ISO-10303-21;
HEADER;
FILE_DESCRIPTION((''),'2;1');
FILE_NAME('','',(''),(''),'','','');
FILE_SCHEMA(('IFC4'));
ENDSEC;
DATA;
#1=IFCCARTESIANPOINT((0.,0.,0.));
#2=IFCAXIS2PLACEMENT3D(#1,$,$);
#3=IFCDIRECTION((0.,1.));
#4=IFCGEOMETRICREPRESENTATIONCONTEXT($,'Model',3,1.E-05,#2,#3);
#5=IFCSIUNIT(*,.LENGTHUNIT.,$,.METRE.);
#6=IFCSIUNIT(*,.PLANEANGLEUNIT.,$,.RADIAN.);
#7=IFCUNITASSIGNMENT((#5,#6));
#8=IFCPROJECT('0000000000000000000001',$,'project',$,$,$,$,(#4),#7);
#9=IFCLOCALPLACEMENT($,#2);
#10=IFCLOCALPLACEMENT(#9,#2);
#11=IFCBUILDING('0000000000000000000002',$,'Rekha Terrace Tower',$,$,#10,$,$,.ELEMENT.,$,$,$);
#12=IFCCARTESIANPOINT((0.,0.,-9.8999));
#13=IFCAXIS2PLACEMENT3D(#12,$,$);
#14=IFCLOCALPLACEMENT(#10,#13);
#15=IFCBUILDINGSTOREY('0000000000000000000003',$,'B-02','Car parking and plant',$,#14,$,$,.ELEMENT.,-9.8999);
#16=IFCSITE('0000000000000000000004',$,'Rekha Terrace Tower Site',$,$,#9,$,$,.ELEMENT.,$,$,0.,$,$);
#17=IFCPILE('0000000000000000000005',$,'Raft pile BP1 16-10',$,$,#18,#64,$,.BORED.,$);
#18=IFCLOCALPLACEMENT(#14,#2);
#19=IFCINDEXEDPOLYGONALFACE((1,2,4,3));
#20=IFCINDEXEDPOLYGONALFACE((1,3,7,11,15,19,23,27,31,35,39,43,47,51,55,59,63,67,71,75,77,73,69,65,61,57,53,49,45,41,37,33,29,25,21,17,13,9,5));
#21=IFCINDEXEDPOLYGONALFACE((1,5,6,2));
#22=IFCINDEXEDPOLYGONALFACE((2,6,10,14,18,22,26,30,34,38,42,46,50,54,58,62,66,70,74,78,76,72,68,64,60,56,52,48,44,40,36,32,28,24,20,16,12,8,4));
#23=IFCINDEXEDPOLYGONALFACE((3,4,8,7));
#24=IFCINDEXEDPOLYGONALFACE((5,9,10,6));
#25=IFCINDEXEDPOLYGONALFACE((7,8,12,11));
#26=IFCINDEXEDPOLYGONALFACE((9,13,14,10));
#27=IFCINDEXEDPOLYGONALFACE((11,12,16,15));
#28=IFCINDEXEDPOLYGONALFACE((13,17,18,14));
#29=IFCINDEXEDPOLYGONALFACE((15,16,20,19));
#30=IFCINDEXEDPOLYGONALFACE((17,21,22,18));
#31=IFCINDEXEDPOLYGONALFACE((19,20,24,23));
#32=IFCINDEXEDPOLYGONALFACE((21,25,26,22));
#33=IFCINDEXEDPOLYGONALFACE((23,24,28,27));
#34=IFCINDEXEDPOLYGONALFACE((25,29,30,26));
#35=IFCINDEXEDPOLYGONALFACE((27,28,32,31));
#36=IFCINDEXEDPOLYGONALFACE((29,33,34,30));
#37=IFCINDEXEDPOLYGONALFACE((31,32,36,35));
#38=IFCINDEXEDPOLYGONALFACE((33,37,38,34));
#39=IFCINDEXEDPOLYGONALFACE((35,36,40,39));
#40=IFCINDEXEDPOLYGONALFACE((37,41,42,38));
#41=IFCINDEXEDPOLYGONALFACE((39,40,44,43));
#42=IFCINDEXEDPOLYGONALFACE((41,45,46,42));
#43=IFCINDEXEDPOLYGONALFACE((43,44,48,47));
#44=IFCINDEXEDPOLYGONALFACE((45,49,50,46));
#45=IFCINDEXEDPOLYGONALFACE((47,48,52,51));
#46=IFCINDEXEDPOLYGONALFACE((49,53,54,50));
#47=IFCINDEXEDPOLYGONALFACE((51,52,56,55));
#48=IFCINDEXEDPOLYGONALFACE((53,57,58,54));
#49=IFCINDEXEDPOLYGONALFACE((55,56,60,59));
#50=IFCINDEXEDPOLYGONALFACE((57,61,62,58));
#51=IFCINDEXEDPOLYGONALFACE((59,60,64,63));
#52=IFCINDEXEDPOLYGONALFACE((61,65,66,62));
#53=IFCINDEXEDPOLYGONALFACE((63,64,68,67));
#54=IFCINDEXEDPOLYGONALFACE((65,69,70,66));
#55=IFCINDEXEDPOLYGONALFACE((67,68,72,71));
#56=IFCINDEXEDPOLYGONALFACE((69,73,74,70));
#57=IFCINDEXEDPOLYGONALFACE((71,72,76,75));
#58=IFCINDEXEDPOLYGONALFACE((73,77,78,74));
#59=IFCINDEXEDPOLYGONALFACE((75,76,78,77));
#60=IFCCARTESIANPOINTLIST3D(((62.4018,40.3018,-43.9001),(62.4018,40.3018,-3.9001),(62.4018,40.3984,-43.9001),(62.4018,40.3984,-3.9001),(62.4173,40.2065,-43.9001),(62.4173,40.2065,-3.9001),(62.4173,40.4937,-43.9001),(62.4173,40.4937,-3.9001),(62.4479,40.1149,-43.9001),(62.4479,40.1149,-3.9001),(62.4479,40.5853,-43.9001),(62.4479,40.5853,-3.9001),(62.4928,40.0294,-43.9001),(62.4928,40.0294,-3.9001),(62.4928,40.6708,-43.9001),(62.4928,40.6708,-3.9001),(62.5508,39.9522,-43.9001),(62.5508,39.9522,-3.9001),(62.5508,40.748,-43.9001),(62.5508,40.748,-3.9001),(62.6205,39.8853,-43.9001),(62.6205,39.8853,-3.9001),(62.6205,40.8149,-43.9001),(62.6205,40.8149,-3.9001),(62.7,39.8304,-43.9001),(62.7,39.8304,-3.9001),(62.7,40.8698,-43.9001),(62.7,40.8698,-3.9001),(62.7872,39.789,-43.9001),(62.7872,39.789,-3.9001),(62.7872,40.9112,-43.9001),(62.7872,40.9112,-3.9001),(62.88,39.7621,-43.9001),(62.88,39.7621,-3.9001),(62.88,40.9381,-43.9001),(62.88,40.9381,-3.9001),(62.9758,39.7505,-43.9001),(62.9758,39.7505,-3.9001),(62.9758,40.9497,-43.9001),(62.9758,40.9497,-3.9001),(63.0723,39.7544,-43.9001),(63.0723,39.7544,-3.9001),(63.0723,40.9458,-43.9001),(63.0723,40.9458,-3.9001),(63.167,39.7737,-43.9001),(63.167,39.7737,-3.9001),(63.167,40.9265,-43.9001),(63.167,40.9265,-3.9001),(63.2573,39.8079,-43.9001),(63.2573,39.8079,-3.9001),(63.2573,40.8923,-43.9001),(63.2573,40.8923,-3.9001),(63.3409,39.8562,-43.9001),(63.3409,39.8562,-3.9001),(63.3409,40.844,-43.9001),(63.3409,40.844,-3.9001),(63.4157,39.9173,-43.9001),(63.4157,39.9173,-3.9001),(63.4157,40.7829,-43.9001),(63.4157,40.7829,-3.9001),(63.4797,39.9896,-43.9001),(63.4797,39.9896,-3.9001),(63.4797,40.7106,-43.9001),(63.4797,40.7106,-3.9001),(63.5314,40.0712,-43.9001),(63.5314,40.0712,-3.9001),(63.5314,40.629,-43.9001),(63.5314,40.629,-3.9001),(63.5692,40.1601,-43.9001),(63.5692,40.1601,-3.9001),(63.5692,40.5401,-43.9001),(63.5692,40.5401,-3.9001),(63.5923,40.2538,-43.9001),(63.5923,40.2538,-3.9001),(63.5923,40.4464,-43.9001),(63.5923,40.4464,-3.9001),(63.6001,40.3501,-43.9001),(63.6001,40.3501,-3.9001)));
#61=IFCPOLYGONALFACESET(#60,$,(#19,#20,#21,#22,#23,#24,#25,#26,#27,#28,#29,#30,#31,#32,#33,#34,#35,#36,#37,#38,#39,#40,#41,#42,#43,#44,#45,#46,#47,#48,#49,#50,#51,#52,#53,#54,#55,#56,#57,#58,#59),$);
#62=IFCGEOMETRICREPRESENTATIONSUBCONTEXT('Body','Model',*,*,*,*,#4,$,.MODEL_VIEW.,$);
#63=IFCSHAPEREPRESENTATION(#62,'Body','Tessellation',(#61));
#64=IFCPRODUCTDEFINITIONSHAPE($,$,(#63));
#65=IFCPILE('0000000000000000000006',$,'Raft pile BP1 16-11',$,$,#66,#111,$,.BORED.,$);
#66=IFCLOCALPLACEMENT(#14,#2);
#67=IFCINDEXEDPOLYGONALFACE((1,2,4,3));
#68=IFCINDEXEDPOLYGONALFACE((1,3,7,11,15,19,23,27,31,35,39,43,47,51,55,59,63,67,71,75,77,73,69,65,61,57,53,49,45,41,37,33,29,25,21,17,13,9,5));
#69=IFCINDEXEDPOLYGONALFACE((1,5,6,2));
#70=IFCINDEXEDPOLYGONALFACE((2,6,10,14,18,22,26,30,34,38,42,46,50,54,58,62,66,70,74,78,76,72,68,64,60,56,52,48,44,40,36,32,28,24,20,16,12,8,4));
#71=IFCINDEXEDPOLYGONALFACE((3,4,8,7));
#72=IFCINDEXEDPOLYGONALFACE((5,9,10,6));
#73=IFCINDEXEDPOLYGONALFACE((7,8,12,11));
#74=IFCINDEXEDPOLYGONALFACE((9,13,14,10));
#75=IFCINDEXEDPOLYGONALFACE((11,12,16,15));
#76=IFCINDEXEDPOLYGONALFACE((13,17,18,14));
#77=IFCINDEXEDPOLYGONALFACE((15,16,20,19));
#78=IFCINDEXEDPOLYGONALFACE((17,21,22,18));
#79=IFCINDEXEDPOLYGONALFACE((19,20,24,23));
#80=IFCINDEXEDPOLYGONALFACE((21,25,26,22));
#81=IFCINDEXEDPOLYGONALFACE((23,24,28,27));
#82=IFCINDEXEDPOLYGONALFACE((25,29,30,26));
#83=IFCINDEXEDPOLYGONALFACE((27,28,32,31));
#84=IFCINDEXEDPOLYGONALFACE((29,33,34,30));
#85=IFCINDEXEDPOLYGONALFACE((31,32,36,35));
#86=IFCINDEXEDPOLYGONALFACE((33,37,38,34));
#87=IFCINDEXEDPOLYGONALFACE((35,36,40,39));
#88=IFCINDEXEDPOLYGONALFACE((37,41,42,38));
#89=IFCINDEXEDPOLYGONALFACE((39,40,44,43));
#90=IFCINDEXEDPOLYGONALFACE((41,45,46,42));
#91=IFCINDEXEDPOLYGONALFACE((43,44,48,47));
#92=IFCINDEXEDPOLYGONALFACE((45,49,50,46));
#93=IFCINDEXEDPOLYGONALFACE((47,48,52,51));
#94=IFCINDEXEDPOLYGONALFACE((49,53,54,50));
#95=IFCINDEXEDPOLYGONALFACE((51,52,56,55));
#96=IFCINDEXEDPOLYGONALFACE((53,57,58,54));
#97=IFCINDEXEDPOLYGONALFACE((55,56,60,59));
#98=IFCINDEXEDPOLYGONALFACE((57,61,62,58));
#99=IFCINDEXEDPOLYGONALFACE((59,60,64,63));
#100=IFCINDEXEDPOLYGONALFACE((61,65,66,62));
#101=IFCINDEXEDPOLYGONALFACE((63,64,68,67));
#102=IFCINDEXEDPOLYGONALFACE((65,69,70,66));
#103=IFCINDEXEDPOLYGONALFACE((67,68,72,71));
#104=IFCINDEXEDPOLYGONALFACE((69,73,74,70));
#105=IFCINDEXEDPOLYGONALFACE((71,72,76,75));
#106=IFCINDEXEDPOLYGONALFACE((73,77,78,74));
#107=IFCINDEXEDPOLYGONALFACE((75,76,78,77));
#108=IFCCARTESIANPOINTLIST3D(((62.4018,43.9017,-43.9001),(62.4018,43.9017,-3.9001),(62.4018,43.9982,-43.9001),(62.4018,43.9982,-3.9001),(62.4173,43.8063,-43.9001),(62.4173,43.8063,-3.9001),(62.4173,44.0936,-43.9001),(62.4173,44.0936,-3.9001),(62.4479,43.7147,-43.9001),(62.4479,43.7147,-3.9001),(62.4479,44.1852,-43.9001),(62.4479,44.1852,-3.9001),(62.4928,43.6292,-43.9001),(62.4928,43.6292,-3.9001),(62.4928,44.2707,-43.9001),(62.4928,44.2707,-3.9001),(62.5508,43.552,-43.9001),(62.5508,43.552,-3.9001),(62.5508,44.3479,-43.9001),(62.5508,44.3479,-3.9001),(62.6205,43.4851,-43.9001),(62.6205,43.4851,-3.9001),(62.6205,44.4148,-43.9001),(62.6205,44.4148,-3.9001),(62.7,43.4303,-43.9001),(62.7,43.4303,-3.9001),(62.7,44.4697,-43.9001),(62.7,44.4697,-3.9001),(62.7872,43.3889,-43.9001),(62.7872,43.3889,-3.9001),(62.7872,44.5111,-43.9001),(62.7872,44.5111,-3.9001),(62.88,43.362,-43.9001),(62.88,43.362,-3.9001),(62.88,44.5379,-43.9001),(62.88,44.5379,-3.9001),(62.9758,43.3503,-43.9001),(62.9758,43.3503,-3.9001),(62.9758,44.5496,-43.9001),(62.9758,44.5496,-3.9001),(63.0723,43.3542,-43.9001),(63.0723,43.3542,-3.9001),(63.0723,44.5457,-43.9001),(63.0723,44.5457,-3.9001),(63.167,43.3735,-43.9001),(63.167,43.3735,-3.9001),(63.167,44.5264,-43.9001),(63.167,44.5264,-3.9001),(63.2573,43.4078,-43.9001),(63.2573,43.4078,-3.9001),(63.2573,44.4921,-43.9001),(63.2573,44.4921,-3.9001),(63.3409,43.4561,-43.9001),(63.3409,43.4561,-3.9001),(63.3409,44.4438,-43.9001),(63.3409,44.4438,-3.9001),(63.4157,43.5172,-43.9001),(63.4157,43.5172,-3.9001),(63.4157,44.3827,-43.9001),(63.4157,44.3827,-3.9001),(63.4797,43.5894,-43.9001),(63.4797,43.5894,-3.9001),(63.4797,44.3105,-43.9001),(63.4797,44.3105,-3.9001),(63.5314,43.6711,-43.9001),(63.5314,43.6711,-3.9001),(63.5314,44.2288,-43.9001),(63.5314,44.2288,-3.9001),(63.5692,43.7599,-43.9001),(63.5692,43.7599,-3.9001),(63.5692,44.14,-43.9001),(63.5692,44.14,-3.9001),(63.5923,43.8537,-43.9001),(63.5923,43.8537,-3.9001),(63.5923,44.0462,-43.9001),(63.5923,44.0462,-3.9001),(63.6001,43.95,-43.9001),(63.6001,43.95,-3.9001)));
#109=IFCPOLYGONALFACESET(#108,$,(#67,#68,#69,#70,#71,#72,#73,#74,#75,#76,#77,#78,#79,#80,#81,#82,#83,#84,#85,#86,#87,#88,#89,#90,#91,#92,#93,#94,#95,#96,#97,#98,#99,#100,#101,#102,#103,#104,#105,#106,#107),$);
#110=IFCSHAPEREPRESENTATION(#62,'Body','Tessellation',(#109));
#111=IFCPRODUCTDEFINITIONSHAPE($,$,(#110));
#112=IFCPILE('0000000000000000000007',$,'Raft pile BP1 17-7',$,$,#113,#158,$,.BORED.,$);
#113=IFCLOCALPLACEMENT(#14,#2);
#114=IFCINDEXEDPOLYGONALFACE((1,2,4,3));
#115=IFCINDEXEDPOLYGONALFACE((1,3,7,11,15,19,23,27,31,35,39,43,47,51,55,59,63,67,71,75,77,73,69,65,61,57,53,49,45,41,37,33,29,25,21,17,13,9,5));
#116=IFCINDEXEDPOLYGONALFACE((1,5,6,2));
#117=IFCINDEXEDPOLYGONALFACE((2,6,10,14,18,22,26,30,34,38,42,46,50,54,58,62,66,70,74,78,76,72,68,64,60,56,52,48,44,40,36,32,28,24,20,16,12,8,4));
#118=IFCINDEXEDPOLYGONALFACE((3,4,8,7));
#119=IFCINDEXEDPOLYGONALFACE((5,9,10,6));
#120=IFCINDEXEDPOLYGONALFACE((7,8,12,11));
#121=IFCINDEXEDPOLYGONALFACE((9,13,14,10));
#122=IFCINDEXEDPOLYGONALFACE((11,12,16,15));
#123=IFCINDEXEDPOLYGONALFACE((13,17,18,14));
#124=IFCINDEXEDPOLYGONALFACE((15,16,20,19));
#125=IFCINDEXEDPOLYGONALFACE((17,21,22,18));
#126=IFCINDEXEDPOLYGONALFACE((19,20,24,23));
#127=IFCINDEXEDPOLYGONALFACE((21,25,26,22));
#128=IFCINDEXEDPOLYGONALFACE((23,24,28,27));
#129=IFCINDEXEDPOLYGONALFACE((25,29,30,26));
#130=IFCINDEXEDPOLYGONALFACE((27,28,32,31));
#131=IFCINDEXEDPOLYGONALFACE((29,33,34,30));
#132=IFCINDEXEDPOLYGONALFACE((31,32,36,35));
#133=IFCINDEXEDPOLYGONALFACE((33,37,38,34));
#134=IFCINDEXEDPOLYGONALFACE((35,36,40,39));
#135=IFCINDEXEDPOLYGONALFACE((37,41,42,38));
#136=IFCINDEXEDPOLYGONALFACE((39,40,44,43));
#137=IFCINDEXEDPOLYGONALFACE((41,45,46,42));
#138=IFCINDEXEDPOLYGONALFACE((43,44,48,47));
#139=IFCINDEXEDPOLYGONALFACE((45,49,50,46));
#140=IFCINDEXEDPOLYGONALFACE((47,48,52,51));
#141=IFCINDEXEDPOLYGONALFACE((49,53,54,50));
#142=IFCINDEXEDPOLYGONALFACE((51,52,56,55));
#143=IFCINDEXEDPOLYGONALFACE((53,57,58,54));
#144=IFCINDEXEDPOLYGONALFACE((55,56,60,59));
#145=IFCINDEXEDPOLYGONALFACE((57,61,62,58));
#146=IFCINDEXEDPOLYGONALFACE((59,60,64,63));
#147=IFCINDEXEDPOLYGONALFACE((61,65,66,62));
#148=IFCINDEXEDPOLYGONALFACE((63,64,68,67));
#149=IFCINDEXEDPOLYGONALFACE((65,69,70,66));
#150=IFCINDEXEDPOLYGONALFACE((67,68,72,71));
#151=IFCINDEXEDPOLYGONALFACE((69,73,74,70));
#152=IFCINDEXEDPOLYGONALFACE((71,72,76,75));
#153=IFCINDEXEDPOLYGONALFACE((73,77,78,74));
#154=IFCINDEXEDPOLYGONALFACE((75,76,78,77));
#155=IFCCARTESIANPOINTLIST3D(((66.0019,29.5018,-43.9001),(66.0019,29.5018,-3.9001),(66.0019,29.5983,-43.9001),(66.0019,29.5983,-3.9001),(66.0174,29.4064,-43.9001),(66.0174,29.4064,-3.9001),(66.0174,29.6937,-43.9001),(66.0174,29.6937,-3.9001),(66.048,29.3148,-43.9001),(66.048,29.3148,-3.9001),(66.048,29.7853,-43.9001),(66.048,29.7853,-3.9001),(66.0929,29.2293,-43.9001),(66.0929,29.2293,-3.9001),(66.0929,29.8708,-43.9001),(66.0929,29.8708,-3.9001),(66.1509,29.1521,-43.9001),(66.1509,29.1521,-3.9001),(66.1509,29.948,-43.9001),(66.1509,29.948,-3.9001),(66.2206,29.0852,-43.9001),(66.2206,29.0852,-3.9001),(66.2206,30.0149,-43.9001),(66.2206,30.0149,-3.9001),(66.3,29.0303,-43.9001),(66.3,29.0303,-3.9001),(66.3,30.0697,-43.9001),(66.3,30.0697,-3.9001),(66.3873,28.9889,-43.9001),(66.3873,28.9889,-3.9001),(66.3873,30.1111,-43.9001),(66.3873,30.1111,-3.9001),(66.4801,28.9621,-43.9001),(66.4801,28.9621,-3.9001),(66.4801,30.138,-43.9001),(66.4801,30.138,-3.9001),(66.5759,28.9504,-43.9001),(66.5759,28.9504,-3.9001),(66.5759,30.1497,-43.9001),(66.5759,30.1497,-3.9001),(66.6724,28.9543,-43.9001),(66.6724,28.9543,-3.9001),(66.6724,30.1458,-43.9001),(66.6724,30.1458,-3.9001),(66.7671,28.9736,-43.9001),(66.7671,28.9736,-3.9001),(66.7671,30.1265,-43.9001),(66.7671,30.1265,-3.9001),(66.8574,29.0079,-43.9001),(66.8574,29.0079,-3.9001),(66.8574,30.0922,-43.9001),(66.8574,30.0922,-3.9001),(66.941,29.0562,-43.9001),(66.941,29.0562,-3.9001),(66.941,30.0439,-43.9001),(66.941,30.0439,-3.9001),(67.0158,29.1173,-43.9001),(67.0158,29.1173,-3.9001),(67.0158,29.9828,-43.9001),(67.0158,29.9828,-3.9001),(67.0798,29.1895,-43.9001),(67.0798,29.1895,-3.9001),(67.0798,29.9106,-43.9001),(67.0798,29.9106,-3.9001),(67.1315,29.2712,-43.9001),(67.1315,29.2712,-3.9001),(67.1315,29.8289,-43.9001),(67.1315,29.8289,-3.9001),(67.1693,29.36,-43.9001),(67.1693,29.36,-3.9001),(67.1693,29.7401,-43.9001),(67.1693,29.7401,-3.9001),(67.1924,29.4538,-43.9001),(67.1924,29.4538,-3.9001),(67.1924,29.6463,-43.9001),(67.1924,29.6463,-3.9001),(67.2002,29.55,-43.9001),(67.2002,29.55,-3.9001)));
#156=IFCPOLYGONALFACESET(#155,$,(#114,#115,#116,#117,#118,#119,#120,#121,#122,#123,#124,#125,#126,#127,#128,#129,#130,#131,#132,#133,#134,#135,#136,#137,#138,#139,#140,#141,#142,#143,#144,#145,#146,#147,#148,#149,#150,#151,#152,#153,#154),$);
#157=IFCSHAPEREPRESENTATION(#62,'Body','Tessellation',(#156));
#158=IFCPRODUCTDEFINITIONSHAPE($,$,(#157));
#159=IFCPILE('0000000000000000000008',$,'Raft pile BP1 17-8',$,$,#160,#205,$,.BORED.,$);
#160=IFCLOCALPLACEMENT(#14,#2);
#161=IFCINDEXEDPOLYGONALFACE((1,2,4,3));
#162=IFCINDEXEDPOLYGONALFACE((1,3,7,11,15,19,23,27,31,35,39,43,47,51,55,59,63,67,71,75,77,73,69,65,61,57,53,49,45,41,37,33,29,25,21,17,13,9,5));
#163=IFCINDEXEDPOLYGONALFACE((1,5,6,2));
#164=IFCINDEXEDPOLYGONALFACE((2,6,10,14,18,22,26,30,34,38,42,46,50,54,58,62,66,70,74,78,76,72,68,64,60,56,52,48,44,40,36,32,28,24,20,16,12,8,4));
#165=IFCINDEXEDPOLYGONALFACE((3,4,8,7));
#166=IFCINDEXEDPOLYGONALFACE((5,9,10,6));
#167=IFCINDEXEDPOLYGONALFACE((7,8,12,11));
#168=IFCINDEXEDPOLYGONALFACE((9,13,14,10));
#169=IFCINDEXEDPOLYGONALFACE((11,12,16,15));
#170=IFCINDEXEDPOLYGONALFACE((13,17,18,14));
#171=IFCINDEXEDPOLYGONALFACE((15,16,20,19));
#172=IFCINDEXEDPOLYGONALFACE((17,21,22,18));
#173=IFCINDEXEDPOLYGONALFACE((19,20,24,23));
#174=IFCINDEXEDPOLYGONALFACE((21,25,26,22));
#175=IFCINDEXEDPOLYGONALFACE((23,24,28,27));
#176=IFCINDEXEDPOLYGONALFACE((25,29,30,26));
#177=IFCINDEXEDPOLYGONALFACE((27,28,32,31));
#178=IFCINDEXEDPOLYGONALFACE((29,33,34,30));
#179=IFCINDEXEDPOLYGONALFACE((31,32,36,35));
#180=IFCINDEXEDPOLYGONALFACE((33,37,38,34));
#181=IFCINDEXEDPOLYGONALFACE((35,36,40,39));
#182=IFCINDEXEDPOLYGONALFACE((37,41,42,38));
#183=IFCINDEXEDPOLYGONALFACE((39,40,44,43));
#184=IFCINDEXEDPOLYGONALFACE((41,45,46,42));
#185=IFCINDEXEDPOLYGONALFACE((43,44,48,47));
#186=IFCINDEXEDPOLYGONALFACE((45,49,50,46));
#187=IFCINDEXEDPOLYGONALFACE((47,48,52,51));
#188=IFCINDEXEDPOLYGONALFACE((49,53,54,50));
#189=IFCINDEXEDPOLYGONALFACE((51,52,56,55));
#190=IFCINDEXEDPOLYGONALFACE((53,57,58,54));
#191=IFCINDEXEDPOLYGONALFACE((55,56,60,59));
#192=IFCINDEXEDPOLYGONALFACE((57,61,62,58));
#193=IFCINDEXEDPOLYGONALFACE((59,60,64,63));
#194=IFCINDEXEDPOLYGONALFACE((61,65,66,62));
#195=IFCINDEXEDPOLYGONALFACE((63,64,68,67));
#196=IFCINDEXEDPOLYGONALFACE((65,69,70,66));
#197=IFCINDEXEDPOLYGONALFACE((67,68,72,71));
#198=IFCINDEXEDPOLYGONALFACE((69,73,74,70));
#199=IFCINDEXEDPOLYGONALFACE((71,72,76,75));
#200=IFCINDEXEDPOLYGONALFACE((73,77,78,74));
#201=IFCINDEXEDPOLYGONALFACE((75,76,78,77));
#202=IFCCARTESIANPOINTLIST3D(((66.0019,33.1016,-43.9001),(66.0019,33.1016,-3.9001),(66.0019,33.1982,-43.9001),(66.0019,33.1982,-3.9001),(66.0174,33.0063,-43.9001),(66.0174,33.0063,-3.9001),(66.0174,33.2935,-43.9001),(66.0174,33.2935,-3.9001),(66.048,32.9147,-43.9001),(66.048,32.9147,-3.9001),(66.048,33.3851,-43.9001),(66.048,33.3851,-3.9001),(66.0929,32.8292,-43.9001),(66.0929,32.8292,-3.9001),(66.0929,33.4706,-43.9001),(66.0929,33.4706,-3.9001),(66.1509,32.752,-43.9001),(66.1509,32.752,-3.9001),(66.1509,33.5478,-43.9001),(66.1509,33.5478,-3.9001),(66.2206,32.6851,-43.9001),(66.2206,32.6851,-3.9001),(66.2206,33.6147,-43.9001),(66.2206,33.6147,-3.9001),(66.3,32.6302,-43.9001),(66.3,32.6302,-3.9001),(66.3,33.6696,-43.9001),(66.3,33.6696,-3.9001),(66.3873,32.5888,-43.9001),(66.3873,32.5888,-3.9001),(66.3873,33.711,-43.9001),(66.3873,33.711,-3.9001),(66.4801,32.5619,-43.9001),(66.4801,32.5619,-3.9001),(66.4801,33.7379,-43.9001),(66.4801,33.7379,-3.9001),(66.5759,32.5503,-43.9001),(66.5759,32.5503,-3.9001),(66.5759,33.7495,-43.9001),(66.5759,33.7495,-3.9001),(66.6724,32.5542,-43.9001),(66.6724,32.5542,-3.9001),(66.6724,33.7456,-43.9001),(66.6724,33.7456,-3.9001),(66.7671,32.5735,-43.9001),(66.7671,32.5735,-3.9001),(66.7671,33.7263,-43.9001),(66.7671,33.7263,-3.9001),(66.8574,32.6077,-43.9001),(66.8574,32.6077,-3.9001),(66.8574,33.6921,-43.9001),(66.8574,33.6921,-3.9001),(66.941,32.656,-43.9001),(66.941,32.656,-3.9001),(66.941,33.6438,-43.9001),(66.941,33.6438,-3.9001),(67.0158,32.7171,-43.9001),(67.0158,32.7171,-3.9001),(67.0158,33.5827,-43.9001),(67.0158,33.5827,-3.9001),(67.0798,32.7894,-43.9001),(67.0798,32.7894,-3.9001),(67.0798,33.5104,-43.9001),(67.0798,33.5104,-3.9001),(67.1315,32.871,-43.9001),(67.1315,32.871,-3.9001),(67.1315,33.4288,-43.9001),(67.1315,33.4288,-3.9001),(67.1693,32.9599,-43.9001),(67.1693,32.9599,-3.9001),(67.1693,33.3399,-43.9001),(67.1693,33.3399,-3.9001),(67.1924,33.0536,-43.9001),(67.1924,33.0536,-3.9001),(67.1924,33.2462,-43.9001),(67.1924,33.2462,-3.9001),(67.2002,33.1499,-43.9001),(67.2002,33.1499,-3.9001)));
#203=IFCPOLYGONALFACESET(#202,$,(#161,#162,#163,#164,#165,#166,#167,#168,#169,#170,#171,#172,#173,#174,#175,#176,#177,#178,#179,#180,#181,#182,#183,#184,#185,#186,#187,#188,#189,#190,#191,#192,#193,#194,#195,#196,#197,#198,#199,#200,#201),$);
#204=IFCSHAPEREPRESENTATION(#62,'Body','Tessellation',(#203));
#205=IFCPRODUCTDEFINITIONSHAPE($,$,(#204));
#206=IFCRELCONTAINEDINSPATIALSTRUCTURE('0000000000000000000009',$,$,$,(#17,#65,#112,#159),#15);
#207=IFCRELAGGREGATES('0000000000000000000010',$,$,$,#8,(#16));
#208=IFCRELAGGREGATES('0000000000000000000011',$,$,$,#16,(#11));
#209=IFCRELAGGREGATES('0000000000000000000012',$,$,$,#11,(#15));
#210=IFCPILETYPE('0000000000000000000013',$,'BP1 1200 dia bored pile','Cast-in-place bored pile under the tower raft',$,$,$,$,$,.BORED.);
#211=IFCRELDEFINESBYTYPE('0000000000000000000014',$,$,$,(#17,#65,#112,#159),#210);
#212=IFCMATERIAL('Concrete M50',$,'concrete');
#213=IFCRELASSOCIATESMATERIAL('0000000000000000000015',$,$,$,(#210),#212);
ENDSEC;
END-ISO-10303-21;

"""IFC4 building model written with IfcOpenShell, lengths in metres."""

from ifc_helpers import new_model, si_unit, direction, frame, origin, origin_2d, place, context, subcontext, project, spatial, circle, extrude, material, type_object, element, save


model = new_model("IFC4")

# Units and contexts
model_context = context("Model", 3, precision=1e-05, world=origin(), true_north=direction((0.0, 1.0)))
body_context = subcontext(model_context, "Body", "Model", "MODEL_VIEW")
ifc_project = project(units=[si_unit("LENGTHUNIT", "METRE"), si_unit("PLANEANGLEUNIT", "RADIAN")], contexts=[model_context])

# Site, building, storey
site_placement = place(None, origin())
site = spatial("IfcSite", under=ifc_project, at=site_placement, Name="Rekha Terrace Tower Site", CompositionType="ELEMENT", RefElevation=0.0)
building_placement = place(site_placement, origin())
building = spatial("IfcBuilding", under=site, at=building_placement, Name="Rekha Terrace Tower", CompositionType="ELEMENT")
storey_placement = place(building_placement, frame((0.0, 0.0, -9.8999)))
storey = spatial("IfcBuildingStorey", under=building, at=storey_placement, Name="B-02", Description="Car parking and plant", CompositionType="ELEMENT", Elevation=-9.8999)

# Piles
ifc_material_1 = material(Name="Concrete M50", Category="concrete")
pile_type = type_object("IfcPileType", Name="BP1 1200 dia bored pile", Description="Cast-in-place bored pile under the tower raft", PredefinedType="BORED", material=ifc_material_1)
for number, where, z_axis, x_axis, name in (
    (1, (63.0, 40.3501, -3.9001), (0.0, 0.0, -1.0), (1.0, 0.0, 0.0), "Raft pile BP1 16-10"),
    (2, (63.0, 43.95, -3.9001), (0.0, 0.0, -1.0), (1.0, 0.0, 0.0), "Raft pile BP1 16-11"),
    (3, (66.6001, 29.55, -3.9001), (0.0, 0.0, -1.0), (1.0, 0.0, 0.0), "Raft pile BP1 17-7"),
    (4, (66.6001, 33.1499, -3.9001), (0.0, 0.0, -1.0), (1.0, 0.0, 0.0), "Raft pile BP1 17-8"),
):
    element("IfcPile", number, at=place(storey_placement, frame(where, z_axis=z_axis, x_axis=x_axis)), inside=storey, type_object=pile_type, Name=name, PredefinedType="BORED", context=body_context, shape_type="SweptSolid", body=[
        extrude(circle(Radius=0.6001, at=origin_2d()), origin(), (0.0, 0.0, 1.0), 40.0),
    ])

save(model, "model.ifc")
